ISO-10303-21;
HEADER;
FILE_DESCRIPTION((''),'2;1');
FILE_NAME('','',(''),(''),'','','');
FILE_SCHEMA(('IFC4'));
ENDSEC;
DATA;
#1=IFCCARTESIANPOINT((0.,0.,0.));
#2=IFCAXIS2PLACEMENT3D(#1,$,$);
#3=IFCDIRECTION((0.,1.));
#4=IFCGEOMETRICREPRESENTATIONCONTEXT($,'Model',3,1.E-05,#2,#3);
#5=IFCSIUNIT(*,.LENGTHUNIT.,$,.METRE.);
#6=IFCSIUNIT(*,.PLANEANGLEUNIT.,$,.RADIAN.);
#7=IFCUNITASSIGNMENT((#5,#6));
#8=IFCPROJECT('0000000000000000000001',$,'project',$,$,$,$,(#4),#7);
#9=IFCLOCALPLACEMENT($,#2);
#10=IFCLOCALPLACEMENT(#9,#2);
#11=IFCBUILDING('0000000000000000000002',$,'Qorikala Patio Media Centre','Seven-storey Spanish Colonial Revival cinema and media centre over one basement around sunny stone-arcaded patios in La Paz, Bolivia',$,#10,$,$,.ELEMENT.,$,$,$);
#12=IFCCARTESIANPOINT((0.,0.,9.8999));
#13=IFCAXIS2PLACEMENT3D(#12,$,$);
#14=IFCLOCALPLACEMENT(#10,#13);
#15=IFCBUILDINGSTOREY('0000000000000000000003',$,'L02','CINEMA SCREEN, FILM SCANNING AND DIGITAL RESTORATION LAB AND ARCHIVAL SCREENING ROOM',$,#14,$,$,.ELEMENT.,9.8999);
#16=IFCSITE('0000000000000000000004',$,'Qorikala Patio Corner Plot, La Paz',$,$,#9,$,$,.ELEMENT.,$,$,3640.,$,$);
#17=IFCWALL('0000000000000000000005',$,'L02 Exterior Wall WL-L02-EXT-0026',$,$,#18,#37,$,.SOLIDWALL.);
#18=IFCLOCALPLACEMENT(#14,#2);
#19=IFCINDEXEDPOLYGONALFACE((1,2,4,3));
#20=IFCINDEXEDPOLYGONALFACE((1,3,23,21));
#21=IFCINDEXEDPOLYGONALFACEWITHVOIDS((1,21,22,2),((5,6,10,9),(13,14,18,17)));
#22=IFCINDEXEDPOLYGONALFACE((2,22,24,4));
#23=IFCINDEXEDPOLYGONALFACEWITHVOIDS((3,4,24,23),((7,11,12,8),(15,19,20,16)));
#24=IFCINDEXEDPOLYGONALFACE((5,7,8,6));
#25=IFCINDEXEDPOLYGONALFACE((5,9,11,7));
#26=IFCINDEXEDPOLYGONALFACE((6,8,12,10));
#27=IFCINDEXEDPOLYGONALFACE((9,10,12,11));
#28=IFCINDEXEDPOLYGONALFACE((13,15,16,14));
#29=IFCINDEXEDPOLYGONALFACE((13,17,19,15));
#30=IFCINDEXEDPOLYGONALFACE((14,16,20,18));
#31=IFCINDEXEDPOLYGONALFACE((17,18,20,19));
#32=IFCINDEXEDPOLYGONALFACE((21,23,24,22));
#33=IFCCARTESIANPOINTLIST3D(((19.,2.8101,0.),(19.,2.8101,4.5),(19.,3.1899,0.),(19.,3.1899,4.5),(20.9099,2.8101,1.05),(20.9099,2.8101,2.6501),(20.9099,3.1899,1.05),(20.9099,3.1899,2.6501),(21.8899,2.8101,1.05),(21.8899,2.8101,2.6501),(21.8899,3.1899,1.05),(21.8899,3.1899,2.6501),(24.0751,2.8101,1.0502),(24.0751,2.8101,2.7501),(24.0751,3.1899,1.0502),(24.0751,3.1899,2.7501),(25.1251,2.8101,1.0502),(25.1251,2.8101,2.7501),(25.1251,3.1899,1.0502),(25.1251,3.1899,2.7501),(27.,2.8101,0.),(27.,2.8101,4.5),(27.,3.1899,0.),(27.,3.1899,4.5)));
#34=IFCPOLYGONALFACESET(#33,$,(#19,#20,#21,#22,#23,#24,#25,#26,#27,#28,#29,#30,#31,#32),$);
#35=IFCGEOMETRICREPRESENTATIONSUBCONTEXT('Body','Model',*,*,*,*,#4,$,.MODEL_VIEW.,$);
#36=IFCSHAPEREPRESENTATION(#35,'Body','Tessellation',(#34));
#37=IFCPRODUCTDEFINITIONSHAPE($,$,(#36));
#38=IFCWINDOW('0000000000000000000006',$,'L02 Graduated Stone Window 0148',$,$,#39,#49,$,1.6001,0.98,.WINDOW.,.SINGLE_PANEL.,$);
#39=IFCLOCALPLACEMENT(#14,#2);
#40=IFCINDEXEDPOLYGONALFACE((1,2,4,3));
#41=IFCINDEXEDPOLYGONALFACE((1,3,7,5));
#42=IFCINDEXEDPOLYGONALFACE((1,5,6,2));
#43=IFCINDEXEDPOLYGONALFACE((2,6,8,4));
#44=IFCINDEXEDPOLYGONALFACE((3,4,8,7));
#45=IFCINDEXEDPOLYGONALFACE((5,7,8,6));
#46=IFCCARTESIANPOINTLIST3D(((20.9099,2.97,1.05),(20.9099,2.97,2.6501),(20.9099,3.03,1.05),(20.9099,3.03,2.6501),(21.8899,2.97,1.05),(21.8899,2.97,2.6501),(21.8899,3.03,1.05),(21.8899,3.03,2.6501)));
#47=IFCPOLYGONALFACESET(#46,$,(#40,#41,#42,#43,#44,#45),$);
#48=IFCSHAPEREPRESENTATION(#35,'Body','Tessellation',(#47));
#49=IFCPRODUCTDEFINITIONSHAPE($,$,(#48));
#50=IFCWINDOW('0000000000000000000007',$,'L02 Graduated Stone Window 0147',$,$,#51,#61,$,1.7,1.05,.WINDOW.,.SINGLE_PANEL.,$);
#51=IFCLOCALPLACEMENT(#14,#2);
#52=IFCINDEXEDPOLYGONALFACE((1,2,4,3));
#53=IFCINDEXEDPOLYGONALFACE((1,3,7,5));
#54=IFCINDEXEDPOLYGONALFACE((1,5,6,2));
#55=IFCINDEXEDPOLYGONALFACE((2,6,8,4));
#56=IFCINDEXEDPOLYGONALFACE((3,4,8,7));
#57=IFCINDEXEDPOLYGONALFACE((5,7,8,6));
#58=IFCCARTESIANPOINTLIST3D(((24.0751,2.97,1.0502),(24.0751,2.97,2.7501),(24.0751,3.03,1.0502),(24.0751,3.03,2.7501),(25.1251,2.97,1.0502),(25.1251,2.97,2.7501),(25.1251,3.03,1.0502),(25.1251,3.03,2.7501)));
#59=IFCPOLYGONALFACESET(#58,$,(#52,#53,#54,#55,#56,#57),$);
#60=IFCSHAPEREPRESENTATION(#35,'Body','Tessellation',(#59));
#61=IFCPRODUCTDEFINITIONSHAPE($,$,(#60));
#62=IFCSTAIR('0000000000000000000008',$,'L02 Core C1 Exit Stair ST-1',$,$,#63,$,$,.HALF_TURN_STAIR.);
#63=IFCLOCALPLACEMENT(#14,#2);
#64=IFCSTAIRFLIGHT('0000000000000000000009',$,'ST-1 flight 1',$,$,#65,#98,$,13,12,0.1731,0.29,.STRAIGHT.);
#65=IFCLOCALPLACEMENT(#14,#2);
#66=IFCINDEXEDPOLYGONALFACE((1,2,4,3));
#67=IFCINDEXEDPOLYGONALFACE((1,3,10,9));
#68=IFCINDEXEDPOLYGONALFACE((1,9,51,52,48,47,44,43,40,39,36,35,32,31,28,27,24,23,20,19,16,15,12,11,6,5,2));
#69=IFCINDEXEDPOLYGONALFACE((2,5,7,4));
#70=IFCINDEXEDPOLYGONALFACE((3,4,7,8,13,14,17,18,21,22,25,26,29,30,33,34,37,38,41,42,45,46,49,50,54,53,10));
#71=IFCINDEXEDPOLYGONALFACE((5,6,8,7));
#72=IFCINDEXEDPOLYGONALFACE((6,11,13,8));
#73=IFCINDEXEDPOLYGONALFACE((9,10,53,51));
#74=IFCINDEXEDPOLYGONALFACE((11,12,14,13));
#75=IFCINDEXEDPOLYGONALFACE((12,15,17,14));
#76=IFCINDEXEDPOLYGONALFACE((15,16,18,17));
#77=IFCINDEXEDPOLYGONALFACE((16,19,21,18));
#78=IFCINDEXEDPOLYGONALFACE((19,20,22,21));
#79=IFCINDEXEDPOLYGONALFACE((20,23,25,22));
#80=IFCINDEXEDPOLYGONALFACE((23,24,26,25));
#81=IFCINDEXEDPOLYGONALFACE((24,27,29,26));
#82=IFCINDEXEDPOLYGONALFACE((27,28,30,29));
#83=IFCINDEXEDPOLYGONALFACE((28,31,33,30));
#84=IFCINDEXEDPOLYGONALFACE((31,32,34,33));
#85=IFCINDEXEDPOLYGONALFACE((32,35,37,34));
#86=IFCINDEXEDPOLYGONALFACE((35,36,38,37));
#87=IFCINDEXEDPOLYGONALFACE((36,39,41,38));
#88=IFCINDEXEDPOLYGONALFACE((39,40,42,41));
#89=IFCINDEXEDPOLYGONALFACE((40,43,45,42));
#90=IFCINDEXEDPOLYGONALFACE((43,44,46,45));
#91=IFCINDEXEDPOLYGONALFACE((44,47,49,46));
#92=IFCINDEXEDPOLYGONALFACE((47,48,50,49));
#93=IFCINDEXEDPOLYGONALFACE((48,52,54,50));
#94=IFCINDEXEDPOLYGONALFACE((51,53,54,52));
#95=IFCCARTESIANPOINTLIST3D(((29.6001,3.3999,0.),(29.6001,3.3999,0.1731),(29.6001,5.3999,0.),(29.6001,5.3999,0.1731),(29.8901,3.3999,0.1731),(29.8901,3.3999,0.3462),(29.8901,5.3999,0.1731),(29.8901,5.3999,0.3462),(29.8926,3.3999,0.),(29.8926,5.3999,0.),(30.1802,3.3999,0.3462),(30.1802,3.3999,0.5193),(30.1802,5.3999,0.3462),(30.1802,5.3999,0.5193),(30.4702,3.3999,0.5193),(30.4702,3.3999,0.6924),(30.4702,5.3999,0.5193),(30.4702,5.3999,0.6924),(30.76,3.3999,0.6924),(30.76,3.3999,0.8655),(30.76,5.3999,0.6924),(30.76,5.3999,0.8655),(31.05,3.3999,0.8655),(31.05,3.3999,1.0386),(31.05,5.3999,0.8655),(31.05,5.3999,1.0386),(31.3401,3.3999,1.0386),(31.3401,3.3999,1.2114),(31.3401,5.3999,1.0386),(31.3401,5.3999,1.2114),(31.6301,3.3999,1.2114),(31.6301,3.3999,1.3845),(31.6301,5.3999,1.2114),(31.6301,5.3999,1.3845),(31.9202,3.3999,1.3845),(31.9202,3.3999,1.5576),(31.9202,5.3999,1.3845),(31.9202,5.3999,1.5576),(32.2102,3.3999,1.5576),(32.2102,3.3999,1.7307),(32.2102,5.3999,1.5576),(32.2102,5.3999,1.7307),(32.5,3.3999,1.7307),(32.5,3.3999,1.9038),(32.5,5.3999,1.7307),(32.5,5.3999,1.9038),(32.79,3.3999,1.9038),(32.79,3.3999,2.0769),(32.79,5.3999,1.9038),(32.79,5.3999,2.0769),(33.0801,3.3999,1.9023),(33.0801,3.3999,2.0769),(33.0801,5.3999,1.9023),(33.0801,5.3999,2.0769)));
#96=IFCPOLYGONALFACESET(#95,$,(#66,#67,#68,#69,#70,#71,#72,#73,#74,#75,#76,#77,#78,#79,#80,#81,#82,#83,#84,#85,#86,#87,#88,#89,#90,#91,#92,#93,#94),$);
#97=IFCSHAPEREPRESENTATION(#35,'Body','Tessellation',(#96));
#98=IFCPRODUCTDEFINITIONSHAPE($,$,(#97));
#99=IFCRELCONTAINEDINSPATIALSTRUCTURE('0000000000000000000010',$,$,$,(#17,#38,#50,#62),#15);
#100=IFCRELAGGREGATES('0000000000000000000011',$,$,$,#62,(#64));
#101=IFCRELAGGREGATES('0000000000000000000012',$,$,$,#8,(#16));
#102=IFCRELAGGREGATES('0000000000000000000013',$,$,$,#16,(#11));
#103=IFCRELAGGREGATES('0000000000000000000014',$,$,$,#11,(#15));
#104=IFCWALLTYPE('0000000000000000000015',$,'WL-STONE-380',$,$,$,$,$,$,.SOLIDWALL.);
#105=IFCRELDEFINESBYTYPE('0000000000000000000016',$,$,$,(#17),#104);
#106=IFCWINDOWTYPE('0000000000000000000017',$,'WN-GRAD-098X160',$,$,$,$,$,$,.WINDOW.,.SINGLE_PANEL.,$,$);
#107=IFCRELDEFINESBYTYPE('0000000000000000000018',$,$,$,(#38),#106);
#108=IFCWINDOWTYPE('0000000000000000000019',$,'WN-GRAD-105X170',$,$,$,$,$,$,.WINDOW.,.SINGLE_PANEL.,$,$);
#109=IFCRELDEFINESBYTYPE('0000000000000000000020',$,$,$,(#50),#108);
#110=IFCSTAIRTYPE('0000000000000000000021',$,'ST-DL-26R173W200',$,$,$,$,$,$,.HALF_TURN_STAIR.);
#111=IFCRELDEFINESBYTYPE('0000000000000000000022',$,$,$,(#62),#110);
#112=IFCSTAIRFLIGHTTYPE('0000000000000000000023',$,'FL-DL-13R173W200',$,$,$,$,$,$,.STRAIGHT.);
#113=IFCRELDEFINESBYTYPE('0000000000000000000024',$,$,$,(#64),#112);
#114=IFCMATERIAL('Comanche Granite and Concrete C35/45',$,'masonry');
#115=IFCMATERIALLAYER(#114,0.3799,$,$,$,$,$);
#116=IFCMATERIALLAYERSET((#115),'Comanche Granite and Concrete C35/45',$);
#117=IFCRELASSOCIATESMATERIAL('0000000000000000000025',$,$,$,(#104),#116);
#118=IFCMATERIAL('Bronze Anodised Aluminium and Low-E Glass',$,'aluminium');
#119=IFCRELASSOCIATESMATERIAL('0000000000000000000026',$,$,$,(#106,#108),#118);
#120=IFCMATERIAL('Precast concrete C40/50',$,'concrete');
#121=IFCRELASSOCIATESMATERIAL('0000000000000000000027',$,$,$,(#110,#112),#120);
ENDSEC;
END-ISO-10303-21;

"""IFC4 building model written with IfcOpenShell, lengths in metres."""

from ifc_helpers import new_model, si_unit, direction, frame, frame_2d, origin, place, context, subcontext, project, spatial, polyline, rectangle, outline, extrude, material, layer, layer_set, type_object, element, fill, aggregate, save


model = new_model("IFC4")

# Units and contexts
model_context = context("Model", 3, precision=1e-05, world=origin(), true_north=direction((0.0, 1.0)))
body_context = subcontext(model_context, "Body", "Model", "MODEL_VIEW")
ifc_project = project(units=[si_unit("LENGTHUNIT", "METRE"), si_unit("PLANEANGLEUNIT", "RADIAN")], contexts=[model_context])

# Site, building, storey
site_placement = place(None, origin())
site = spatial("IfcSite", under=ifc_project, at=site_placement, Name="Qorikala Patio Corner Plot, La Paz", CompositionType="ELEMENT", RefElevation=3640.0)
building_placement = place(site_placement, origin())
building = spatial("IfcBuilding", under=site, at=building_placement, Name="Qorikala Patio Media Centre", Description="Seven-storey Spanish Colonial Revival cinema and media centre over one basement around sunny stone-arcaded patios in La Paz, Bolivia", CompositionType="ELEMENT")
storey_placement = place(building_placement, frame((0.0, 0.0, 9.8999)))
storey = spatial("IfcBuildingStorey", under=building, at=storey_placement, Name="L02", Description="CINEMA SCREEN, FILM SCANNING AND DIGITAL RESTORATION LAB AND ARCHIVAL SCREENING ROOM", CompositionType="ELEMENT", Elevation=9.8999)

# Wall, openings, windows
ifc_material_1 = material(Name="Comanche Granite and Concrete C35/45", Category="masonry")
ifc_layer_1 = layer(ifc_material_1, 0.3799)
ifc_layer_set_1 = layer_set([ifc_layer_1], Name="Comanche Granite and Concrete C35/45")
wall_type_1 = type_object("IfcWallType", Name="WL-STONE-380", PredefinedType="SOLIDWALL", material=ifc_layer_set_1)
wall_1_placement = place(storey_placement, frame((27.0, 3.0, 0.0), z_axis=(0.0, 0.0, 1.0), x_axis=(-1.0, 0.0, 0.0)))
wall_1 = element("IfcWall", 1, at=wall_1_placement, inside=storey, type_object=wall_type_1, Name="L02 Exterior Wall WL-L02-EXT-0026", PredefinedType="SOLIDWALL", context=body_context, shape_type="SweptSolid", body=[
    extrude(rectangle(XDim=8.0, YDim=0.3799, at=frame_2d((4.0, 0.0))), origin(), (0.0, 0.0, 1.0), 4.5),
])
opening_1_placement = place(wall_1_placement, frame((1.875, 0.0, 1.05)))
opening_1 = element("IfcOpeningElement", 2, at=opening_1_placement, cuts=wall_1, PredefinedType="OPENING", context=body_context, shape_type="SweptSolid", body=[
    extrude(rectangle(XDim=1.05, YDim=1.7, at=frame_2d((0.5249, 0.8501))), frame((0.0, 0.2, 0.0), z_axis=(0.0, -1.0, 0.0), x_axis=(1.0, 0.0, 0.0)), (0.0, 0.0, 1.0), 0.3999),
])
opening_2_placement = place(wall_1_placement, frame((5.1101, 0.0, 1.05)))
opening_2 = element("IfcOpeningElement", 3, at=opening_2_placement, cuts=wall_1, PredefinedType="OPENING", context=body_context, shape_type="SweptSolid", body=[
    extrude(rectangle(XDim=0.98, YDim=1.6001, at=frame_2d((0.49, 0.8))), frame((0.0, 0.2, 0.0), z_axis=(0.0, -1.0, 0.0), x_axis=(1.0, 0.0, 0.0)), (0.0, 0.0, 1.0), 0.3999),
])
ifc_material_2 = material(Name="Bronze Anodised Aluminium and Low-E Glass", Category="aluminium")
window_type_1 = type_object("IfcWindowType", Name="WN-GRAD-098X160", PartitioningType="SINGLE_PANEL", PredefinedType="WINDOW", material=ifc_material_2)
window_1_placement = place(opening_2_placement, origin())
window_1 = element("IfcWindow", 4, at=window_1_placement, inside=storey, type_object=window_type_1, Name="L02 Graduated Stone Window 0148", OverallHeight=1.6001, OverallWidth=0.98, PartitioningType="SINGLE_PANEL", PredefinedType="WINDOW", context=body_context, shape_type="SweptSolid", body=[
    extrude(rectangle(XDim=0.98, YDim=1.6001, at=frame_2d((0.49, 0.8))), frame((0.0, 0.03, 0.0), z_axis=(0.0, -1.0, 0.0), x_axis=(1.0, 0.0, 0.0)), (0.0, 0.0, 1.0), 0.0601),
])
fill(opening_2, window_1)
window_type_2 = type_object("IfcWindowType", Name="WN-GRAD-105X170", PartitioningType="SINGLE_PANEL", PredefinedType="WINDOW", material=ifc_material_2)
window_2_placement = place(opening_1_placement, origin())
window_2 = element("IfcWindow", 5, at=window_2_placement, inside=storey, type_object=window_type_2, Name="L02 Graduated Stone Window 0147", OverallHeight=1.7, OverallWidth=1.05, PartitioningType="SINGLE_PANEL", PredefinedType="WINDOW", context=body_context, shape_type="SweptSolid", body=[
    extrude(rectangle(XDim=1.05, YDim=1.7, at=frame_2d((0.5249, 0.8501))), frame((0.0, 0.03, 0.0), z_axis=(0.0, -1.0, 0.0), x_axis=(1.0, 0.0, 0.0)), (0.0, 0.0, 1.0), 0.0601),
])
fill(opening_1, window_2)

# Stair, stair flight
ifc_material_3 = material(Name="Precast concrete C40/50", Category="concrete")
stair_type = type_object("IfcStairType", Name="ST-DL-26R173W200", PredefinedType="HALF_TURN_STAIR", material=ifc_material_3)
stair_placement = place(storey_placement, origin())
stair = element("IfcStair", 6, at=stair_placement, inside=storey, type_object=stair_type, Name="L02 Core C1 Exit Stair ST-1", PredefinedType="HALF_TURN_STAIR")
stair_flight_type = type_object("IfcStairFlightType", Name="FL-DL-13R173W200", PredefinedType="STRAIGHT", material=ifc_material_3)
stair_flight_placement = place(storey_placement, frame((29.6001, 4.3999, 0.0), z_axis=(0.0, 0.0, 1.0), x_axis=(1.0, 0.0, 0.0)))
stair_flight = element("IfcStairFlight", 7, at=stair_flight_placement, type_object=stair_flight_type, Name="ST-1 flight 1", NumberOfRisers=13, NumberOfTreads=12, PredefinedType="STRAIGHT", RiserHeight=0.1731, TreadLength=0.29, context=body_context, shape_type="SweptSolid", body=[
    extrude(outline(polyline([(0.0, 0.0), (0.0, 0.1731), (0.29, 0.1731), (0.29, 0.3462), (0.5801, 0.3462), (0.5801, 0.5193), (0.8701, 0.5193), (0.8701, 0.6924), (1.1599, 0.6924), (1.1599, 0.8655), (1.45, 0.8655), (1.45, 1.0386), (1.74, 1.0386), (1.74, 1.2114), (2.03, 1.2114), (2.03, 1.3845), (2.3201, 1.3845), (2.3201, 1.5576), (2.6101, 1.5576), (2.6101, 1.7307), (2.8999, 1.7307), (2.8999, 1.9038), (3.1899, 1.9038), (3.1899, 2.0769), (3.48, 2.0769), (3.48, 2.25), (3.48, 1.9023), (0.2925, 0.0), (0.0, 0.0)])), frame((0.0, 1.0, 0.0), z_axis=(0.0, -1.0, 0.0), x_axis=(1.0, 0.0, 0.0)), (0.0, 0.0, 1.0), 2.0),
])
aggregate(stair, [stair_flight])

save(model, "model.ifc")
